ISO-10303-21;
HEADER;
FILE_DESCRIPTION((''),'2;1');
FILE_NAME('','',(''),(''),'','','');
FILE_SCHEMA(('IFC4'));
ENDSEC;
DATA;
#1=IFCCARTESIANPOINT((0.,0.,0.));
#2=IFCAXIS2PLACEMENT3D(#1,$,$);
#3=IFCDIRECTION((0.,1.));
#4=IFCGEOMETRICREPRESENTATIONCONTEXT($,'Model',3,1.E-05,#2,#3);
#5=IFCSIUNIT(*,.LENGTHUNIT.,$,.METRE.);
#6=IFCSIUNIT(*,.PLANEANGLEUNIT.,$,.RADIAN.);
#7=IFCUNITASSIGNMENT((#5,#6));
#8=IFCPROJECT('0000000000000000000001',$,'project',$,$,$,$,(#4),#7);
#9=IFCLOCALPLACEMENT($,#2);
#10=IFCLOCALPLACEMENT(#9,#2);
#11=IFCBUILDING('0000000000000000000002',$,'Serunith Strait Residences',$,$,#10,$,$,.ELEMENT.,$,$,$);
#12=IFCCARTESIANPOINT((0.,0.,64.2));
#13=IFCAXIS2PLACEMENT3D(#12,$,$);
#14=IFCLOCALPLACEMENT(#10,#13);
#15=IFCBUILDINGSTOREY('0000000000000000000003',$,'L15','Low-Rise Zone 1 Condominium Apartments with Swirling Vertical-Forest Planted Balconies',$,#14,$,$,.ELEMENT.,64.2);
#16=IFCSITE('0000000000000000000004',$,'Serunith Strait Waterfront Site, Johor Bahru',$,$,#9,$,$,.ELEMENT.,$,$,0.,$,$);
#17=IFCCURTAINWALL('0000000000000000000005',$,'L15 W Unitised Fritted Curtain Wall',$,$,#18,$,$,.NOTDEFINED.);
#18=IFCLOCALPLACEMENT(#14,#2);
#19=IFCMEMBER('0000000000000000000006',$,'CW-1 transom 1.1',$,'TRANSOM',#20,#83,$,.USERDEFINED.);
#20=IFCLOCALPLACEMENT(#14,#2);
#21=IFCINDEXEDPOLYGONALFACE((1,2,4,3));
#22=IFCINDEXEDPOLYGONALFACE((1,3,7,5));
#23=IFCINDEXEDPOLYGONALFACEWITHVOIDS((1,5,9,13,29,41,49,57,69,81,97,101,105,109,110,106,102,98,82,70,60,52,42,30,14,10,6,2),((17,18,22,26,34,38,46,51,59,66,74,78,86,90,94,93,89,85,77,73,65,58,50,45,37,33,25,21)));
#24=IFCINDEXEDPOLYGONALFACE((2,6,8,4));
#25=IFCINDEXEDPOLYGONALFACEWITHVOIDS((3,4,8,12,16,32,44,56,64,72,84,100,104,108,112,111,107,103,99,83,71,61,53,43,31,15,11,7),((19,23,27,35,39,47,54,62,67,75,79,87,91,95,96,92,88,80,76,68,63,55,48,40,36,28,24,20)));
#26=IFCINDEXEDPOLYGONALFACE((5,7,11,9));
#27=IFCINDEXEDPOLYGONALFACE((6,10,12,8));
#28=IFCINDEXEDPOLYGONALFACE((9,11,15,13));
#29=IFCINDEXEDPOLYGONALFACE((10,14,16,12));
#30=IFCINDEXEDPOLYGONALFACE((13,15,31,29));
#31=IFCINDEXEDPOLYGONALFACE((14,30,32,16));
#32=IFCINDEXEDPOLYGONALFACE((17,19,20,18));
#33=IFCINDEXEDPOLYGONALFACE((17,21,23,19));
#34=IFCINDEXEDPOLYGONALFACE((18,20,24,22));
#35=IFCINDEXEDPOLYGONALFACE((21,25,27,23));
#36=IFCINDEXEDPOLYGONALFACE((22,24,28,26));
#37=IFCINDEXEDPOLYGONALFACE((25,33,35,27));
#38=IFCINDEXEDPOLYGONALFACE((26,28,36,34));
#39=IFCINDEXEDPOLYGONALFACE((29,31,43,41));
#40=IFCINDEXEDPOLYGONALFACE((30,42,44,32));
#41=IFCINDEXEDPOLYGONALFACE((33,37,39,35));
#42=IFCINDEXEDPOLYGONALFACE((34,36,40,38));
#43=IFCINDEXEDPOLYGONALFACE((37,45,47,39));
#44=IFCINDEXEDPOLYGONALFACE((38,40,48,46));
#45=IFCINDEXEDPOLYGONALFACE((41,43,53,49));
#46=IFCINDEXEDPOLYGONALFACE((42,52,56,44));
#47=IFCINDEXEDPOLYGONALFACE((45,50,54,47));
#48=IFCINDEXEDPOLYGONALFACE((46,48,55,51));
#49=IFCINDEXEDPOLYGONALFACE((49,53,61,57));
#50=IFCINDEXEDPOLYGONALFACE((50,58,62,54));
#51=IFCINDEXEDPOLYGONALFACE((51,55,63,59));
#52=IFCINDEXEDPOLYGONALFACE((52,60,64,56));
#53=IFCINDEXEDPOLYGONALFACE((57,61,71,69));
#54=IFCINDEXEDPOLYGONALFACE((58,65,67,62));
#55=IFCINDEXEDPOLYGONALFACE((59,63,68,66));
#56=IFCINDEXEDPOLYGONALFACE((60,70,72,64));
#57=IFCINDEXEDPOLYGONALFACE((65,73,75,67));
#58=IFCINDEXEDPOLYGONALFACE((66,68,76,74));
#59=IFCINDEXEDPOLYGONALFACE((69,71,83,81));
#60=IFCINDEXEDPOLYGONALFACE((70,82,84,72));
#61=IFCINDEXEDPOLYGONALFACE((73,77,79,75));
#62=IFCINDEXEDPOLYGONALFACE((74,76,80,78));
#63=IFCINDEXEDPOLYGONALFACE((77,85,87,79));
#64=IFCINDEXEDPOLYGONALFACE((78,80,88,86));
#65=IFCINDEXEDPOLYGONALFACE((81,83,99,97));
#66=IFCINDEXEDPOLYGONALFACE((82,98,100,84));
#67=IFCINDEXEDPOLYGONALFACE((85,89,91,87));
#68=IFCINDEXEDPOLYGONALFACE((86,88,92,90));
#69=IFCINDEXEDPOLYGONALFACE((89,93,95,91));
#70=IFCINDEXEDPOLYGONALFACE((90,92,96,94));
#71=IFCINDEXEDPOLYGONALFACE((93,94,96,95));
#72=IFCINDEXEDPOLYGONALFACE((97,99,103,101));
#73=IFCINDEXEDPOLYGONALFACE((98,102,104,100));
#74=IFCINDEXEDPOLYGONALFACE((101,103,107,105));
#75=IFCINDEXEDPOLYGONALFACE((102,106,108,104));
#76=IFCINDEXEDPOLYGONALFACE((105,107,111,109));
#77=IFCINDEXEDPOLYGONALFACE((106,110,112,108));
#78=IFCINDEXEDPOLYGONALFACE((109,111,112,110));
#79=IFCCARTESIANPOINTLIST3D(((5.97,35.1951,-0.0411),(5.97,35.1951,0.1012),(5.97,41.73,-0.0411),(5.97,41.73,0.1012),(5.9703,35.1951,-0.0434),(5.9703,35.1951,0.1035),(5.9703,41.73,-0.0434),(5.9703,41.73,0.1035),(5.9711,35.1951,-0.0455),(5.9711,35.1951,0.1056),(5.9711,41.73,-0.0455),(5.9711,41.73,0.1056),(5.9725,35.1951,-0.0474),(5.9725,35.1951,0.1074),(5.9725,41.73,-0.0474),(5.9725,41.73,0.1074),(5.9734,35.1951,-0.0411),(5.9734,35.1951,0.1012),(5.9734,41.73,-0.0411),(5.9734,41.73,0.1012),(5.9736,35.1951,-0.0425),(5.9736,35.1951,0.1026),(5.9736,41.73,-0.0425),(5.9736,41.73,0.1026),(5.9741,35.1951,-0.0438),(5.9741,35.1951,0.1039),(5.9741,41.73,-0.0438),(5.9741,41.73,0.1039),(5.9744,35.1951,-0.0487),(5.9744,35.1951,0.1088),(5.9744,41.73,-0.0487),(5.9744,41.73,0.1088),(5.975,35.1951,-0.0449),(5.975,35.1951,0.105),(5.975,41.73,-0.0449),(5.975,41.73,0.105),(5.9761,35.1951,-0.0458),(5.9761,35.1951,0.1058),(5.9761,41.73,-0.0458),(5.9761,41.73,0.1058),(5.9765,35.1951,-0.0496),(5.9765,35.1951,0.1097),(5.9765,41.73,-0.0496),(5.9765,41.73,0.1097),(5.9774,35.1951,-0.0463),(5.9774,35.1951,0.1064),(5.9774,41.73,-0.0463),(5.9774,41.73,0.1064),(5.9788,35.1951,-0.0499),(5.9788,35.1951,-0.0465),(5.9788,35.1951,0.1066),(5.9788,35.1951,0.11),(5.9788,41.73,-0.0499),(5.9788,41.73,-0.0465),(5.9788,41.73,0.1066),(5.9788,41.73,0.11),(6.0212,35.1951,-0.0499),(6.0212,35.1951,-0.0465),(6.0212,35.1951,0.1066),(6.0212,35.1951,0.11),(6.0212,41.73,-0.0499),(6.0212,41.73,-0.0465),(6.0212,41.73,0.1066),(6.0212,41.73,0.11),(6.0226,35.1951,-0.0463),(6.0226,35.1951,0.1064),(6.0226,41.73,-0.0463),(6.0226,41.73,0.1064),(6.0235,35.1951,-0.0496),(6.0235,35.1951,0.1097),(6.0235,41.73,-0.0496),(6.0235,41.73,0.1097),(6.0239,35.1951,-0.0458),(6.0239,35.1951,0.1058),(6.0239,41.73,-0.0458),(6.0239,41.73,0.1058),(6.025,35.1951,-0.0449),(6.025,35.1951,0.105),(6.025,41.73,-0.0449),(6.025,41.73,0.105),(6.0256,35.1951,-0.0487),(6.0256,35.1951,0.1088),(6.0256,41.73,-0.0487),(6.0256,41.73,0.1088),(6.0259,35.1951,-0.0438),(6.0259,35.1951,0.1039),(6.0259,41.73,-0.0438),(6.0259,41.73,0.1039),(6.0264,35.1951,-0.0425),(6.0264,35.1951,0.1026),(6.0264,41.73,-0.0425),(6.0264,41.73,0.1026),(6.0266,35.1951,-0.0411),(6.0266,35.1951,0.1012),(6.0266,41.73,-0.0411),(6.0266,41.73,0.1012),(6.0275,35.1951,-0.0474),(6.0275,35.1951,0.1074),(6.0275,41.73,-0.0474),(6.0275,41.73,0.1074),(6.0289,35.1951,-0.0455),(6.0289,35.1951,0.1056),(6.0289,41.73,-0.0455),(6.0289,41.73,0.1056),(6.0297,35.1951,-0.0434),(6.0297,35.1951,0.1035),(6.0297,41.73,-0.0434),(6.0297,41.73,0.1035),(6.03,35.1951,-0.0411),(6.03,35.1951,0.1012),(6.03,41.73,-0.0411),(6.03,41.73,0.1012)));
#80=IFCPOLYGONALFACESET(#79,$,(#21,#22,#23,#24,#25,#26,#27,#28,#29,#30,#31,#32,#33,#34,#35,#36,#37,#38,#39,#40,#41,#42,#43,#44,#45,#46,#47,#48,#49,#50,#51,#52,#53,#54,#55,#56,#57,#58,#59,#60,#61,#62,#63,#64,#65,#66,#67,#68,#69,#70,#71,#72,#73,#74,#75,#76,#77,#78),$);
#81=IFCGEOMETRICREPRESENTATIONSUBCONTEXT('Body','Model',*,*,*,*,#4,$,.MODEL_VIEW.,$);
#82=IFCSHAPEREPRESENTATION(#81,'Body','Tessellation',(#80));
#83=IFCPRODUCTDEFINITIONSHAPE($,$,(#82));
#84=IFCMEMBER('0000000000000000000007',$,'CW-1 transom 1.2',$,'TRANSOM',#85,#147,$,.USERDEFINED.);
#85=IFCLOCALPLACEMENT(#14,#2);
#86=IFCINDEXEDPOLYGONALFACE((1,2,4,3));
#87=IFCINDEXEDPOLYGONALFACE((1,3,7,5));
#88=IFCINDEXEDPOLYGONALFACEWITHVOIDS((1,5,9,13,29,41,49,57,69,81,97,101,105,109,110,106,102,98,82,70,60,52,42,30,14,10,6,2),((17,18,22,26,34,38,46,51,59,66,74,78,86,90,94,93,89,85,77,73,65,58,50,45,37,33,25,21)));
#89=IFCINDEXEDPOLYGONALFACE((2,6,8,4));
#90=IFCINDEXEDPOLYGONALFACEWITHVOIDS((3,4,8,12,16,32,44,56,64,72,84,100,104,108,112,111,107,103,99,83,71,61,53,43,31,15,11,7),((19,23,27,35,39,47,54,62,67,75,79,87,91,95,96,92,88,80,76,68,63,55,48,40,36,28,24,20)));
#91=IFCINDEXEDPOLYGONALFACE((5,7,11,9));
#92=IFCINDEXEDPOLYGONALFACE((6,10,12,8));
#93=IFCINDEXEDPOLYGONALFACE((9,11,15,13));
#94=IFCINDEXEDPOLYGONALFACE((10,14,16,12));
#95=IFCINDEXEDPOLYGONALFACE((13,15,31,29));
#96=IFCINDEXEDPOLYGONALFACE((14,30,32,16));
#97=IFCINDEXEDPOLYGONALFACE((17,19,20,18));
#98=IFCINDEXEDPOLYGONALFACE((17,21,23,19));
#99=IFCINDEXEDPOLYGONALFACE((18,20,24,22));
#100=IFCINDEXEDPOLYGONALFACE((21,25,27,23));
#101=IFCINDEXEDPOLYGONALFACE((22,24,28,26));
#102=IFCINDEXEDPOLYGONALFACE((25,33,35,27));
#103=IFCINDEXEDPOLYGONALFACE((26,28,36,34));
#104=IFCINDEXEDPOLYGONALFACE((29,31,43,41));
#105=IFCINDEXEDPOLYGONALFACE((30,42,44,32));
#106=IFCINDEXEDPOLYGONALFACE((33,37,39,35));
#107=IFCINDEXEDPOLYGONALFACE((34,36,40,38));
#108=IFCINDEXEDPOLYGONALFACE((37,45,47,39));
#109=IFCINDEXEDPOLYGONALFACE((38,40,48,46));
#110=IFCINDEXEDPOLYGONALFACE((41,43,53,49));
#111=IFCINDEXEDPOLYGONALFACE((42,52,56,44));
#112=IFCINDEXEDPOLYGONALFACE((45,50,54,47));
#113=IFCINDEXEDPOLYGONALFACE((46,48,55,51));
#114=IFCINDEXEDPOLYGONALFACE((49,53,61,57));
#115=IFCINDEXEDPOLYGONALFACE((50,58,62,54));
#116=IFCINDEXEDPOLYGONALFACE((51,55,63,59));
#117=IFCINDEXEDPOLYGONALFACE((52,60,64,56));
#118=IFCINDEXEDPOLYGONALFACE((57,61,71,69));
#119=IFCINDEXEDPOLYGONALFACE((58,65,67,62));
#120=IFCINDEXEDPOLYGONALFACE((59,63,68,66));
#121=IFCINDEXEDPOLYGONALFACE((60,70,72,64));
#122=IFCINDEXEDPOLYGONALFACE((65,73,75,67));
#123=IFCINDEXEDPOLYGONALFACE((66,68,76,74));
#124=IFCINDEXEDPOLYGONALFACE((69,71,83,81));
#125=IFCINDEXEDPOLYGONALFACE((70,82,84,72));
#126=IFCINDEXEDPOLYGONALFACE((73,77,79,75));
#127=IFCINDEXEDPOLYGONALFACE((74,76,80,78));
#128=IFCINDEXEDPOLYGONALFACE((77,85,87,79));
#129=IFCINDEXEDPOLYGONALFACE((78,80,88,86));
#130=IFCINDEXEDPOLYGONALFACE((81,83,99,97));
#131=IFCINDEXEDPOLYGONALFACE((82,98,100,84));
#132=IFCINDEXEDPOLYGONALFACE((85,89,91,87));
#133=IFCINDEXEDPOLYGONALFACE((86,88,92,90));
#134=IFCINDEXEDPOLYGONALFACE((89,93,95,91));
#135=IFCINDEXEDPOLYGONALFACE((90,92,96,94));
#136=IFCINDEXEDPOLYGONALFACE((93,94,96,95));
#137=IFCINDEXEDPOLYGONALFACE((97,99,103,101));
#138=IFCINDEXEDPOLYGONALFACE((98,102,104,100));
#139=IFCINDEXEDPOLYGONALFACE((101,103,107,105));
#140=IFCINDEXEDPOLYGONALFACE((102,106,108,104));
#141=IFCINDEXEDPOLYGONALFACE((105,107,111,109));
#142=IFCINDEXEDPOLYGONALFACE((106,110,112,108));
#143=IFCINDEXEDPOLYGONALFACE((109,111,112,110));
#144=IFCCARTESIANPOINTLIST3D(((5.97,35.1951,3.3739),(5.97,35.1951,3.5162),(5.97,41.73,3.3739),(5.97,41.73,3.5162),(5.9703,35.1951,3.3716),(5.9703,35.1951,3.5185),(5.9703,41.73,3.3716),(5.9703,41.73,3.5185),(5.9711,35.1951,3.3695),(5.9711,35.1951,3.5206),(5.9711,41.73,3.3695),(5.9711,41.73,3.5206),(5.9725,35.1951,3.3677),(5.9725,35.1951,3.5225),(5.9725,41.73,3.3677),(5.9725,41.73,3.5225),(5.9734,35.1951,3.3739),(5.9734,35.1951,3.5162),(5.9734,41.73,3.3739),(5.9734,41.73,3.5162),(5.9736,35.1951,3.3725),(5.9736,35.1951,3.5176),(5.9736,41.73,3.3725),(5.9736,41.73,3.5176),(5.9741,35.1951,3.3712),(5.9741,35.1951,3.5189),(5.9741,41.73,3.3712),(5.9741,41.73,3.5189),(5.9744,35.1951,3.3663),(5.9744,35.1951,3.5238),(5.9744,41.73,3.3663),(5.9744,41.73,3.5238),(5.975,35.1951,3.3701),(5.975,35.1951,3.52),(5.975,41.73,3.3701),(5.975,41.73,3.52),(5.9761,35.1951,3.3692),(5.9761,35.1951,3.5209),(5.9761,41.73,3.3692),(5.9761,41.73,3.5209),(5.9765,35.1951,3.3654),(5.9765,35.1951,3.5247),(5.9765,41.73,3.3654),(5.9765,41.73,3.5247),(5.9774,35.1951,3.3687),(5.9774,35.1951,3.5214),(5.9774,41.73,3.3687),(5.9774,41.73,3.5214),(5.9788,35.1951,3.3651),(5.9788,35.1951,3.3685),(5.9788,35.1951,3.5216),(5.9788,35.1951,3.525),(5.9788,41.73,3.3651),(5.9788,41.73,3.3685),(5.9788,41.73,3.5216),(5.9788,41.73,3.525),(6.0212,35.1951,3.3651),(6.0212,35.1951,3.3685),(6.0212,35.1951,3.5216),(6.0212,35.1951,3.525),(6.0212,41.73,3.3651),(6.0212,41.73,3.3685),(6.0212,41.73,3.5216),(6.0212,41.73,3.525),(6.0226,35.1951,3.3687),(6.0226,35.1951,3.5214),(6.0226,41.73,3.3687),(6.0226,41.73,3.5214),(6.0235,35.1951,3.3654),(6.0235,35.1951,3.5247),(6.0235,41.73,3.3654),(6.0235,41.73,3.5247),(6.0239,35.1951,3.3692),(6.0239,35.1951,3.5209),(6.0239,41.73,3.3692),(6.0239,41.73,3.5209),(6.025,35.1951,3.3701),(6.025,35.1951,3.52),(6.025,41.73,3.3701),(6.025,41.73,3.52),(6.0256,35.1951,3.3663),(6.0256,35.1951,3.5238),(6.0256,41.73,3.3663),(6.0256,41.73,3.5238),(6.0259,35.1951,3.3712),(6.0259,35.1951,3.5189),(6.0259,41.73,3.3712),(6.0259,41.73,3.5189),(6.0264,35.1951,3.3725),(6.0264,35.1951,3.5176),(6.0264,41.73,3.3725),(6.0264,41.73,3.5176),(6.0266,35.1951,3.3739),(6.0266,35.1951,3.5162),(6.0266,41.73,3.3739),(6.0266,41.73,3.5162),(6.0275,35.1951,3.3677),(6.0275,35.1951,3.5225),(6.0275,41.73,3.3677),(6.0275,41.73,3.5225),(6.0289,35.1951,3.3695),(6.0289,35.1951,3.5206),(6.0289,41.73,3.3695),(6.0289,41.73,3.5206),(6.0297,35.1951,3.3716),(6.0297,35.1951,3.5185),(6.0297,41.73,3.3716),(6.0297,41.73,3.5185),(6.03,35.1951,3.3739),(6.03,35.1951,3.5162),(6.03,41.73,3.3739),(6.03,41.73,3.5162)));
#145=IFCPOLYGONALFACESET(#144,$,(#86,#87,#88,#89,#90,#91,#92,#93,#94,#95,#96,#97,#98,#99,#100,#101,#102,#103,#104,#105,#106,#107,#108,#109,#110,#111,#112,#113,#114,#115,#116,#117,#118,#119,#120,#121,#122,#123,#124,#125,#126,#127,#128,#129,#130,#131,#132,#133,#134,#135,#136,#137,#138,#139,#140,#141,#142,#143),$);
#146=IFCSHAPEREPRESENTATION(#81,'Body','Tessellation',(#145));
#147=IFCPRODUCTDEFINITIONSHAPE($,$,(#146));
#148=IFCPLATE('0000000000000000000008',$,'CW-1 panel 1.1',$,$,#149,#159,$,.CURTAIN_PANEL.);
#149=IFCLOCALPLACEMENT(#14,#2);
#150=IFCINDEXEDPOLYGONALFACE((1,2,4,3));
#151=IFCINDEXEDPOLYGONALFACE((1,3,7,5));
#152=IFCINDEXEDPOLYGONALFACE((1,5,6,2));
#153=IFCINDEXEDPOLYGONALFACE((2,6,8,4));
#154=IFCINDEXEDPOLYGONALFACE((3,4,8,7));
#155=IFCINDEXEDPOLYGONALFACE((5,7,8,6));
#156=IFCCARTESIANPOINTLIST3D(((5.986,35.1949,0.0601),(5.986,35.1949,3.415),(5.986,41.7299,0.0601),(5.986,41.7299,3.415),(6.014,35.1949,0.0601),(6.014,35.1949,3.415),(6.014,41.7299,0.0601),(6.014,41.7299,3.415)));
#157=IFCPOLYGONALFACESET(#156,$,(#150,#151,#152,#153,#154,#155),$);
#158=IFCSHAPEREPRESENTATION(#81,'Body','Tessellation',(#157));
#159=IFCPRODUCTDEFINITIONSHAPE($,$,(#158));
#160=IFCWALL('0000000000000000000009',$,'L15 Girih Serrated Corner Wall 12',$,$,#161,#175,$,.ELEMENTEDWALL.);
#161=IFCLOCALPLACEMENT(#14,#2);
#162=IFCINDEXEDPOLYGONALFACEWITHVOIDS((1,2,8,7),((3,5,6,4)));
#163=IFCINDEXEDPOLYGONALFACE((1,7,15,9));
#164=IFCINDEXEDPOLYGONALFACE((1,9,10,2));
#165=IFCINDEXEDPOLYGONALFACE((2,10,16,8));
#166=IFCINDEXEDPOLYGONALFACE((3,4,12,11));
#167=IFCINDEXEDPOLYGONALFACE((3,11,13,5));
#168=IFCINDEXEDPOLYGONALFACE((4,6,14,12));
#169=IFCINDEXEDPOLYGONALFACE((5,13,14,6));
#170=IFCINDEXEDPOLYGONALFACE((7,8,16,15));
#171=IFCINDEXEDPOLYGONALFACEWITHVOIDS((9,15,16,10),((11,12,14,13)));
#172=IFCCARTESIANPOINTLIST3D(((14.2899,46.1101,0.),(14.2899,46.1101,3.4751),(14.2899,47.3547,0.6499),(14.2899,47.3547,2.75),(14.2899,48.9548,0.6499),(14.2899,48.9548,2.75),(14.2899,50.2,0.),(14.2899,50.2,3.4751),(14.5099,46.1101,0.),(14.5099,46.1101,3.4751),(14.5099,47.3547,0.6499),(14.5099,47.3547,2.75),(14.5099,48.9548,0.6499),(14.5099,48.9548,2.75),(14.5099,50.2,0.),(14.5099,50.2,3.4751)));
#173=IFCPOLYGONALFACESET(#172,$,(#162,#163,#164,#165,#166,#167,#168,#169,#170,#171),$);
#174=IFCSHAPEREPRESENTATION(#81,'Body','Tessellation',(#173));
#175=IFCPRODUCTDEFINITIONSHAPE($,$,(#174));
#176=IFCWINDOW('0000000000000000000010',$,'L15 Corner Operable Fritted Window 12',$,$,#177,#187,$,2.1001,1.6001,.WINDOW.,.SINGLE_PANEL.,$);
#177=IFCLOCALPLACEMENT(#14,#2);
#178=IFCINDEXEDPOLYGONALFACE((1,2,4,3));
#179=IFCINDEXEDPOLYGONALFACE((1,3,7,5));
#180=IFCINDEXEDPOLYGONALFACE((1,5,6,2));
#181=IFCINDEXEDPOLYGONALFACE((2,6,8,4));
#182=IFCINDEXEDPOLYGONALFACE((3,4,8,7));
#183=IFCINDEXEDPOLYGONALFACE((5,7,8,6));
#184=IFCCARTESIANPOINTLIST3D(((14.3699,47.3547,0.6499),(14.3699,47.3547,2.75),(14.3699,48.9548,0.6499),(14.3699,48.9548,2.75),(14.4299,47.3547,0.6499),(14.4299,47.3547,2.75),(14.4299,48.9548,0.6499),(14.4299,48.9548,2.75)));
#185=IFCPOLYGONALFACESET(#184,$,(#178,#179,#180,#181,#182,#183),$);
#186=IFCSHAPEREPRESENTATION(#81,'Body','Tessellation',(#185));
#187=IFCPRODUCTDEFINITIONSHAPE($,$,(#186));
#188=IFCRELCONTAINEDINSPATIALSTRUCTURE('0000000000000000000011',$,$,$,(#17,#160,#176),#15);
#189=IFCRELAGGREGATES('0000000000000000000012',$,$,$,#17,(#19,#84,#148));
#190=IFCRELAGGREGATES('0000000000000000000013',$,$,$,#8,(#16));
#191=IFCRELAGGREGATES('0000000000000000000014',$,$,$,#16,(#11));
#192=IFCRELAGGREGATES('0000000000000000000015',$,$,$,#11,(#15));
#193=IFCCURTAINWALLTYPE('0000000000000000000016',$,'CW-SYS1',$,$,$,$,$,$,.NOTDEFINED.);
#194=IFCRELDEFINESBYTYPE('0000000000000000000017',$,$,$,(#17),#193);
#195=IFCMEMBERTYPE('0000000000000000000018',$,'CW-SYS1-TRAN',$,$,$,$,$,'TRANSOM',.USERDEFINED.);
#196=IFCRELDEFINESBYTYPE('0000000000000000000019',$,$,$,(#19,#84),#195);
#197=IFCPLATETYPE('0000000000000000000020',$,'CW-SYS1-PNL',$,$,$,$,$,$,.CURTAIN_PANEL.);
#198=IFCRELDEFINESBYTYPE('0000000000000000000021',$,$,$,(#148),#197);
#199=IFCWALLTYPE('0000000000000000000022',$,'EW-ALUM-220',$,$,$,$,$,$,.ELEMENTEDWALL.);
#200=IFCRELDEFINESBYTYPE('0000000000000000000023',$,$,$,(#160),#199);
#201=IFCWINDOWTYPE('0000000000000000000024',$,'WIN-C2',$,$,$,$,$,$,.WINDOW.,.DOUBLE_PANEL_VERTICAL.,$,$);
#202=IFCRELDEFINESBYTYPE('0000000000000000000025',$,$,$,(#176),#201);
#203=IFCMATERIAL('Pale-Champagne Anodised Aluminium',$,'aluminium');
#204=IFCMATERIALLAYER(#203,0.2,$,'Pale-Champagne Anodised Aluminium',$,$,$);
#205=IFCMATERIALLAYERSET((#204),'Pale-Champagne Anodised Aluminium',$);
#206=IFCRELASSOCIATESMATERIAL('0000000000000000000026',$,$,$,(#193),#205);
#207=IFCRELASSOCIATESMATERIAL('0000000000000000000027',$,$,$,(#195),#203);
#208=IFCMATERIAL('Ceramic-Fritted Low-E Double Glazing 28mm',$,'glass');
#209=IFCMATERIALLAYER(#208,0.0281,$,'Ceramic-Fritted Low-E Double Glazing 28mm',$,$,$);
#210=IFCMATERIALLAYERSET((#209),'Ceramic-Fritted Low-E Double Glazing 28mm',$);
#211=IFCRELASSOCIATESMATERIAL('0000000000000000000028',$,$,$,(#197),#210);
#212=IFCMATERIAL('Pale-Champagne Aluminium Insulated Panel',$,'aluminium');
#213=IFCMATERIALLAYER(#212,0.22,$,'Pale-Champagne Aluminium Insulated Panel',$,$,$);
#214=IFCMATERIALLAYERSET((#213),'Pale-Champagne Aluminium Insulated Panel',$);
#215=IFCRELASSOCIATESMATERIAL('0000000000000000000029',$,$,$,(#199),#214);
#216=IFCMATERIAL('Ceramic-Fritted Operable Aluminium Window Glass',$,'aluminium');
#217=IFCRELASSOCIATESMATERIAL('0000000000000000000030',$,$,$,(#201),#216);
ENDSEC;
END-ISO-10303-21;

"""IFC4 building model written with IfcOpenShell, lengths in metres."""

from ifc_helpers import new_model, si_unit, direction, frame, frame_2d, origin, origin_2d, place, context, subcontext, project, spatial, rectangle, hollow_rectangle, extrude, source, transform, mapped, material, layer, layer_set, material_profile, profile_set, type_object, element, fill, aggregate, save


model = new_model("IFC4")

# Units and contexts
model_context = context("Model", 3, precision=1e-05, world=origin(), true_north=direction((0.0, 1.0)))
body_context = subcontext(model_context, "Body", "Model", "MODEL_VIEW")
ifc_project = project(units=[si_unit("LENGTHUNIT", "METRE"), si_unit("PLANEANGLEUNIT", "RADIAN")], contexts=[model_context])

# Site, building, storey
site_placement = place(None, origin())
site = spatial("IfcSite", under=ifc_project, at=site_placement, Name="Serunith Strait Waterfront Site, Johor Bahru", CompositionType="ELEMENT", RefElevation=0.0)
building_placement = place(site_placement, origin())
building = spatial("IfcBuilding", under=site, at=building_placement, Name="Serunith Strait Residences", CompositionType="ELEMENT")
storey_placement = place(building_placement, frame((0.0, 0.0, 64.2)))
storey = spatial("IfcBuildingStorey", under=building, at=storey_placement, Name="L15", Description="Low-Rise Zone 1 Condominium Apartments with Swirling Vertical-Forest Planted Balconies", CompositionType="ELEMENT", Elevation=64.2)

# Shared definitions
ifc_material_1 = material(Name="Pale-Champagne Anodised Aluminium", Category="aluminium")
ifc_layer_1 = layer(ifc_material_1, 0.2, Name="Pale-Champagne Anodised Aluminium")
ifc_layer_set_1 = layer_set([ifc_layer_1], Name="Pale-Champagne Anodised Aluminium")
curtain_wall_type = type_object("IfcCurtainWallType", Name="CW-SYS1", PredefinedType="NOTDEFINED", material=ifc_layer_set_1)

# Curtain wall, members, plate
curtain_wall_1_placement = place(storey_placement, origin())
curtain_wall_1 = element("IfcCurtainWall", 1, at=curtain_wall_1_placement, inside=storey, type_object=curtain_wall_type, Name="L15 W Unitised Fritted Curtain Wall", PredefinedType="NOTDEFINED")
ifc_material_profile_1 = material_profile(ifc_material_1, hollow_rectangle(XDim=0.0601, YDim=0.1599, WallThickness=0.0034, InnerFilletRadius=0.0054, OuterFilletRadius=0.0088, at=origin_2d()), Name="ALU 160x60x3.5")
ifc_profile_set_1 = profile_set([ifc_material_profile_1], Name="Pale-Champagne Anodised Aluminium")
member_type_1 = type_object("IfcMemberType", Name="CW-SYS1-TRAN", ElementType="TRANSOM", PredefinedType="USERDEFINED", material=ifc_profile_set_1)
shared_shape_1 = source(origin(), body_context, "Body", "SweptSolid", [
    extrude(hollow_rectangle(XDim=0.0601, YDim=0.1599, WallThickness=0.0034, InnerFilletRadius=0.0054, OuterFilletRadius=0.0088, at=origin_2d()), origin(), (0.0, 0.0, 1.0), 6.5349),
])
member_1_placement = place(storey_placement, frame((6.0, 41.73, 0.03), z_axis=(0.0, -1.0, 0.0), x_axis=(1.0, 0.0, 0.0)))
member_1 = element("IfcMember", 2, at=member_1_placement, type_object=member_type_1, Name="CW-1 transom 1.1", ObjectType="TRANSOM", PredefinedType="USERDEFINED", context=body_context, shape_type="MappedRepresentation", body=[
    mapped(shared_shape_1, transform((0.0, 0.0, 0.0), scale=1.0)),
])
member_2_placement = place(storey_placement, frame((6.0, 41.73, 3.4451), z_axis=(0.0, -1.0, 0.0), x_axis=(1.0, 0.0, 0.0)))
member_2 = element("IfcMember", 3, at=member_2_placement, type_object=member_type_1, Name="CW-1 transom 1.2", ObjectType="TRANSOM", PredefinedType="USERDEFINED", context=body_context, shape_type="MappedRepresentation", body=[
    mapped(shared_shape_1, transform((0.0, 0.0, 0.0), scale=1.0)),
])
ifc_material_2 = material(Name="Ceramic-Fritted Low-E Double Glazing 28mm", Category="glass")
ifc_layer_2 = layer(ifc_material_2, 0.0281, Name="Ceramic-Fritted Low-E Double Glazing 28mm")
ifc_layer_set_2 = layer_set([ifc_layer_2], Name="Ceramic-Fritted Low-E Double Glazing 28mm")
plate_type = type_object("IfcPlateType", Name="CW-SYS1-PNL", PredefinedType="CURTAIN_PANEL", material=ifc_layer_set_2)
shared_shape_2 = source(origin(), body_context, "Body", "SweptSolid", [
    extrude(rectangle(XDim=6.5349, YDim=0.0281, at=origin_2d()), origin(), (0.0, 0.0, 1.0), 3.355),
])
plate_placement = place(storey_placement, frame((6.0, 38.4624, 0.0601), z_axis=(0.0, 0.0, 1.0), x_axis=(0.0, -1.0, 0.0)))
plate = element("IfcPlate", 4, at=plate_placement, type_object=plate_type, Name="CW-1 panel 1.1", PredefinedType="CURTAIN_PANEL", context=body_context, shape_type="MappedRepresentation", body=[
    mapped(shared_shape_2, transform((0.0, 0.0, 0.0), scale=1.0)),
])
aggregate(curtain_wall_1, [member_1, member_2, plate])

# Wall, opening, window
ifc_material_3 = material(Name="Pale-Champagne Aluminium Insulated Panel", Category="aluminium")
ifc_layer_3 = layer(ifc_material_3, 0.22, Name="Pale-Champagne Aluminium Insulated Panel")
ifc_layer_set_3 = layer_set([ifc_layer_3], Name="Pale-Champagne Aluminium Insulated Panel")
wall_type_1 = type_object("IfcWallType", Name="EW-ALUM-220", PredefinedType="ELEMENTEDWALL", material=ifc_layer_set_3)
wall_1_placement = place(storey_placement, frame((14.3999, 50.2, 0.0), z_axis=(0.0, 0.0, 1.0), x_axis=(0.0, -1.0, 0.0)))
wall_1 = element("IfcWall", 5, at=wall_1_placement, inside=storey, type_object=wall_type_1, Name="L15 Girih Serrated Corner Wall 12", PredefinedType="ELEMENTEDWALL", context=body_context, shape_type="SweptSolid", body=[
    extrude(rectangle(XDim=4.0898, YDim=0.22, at=frame_2d((2.0449, 0.0))), origin(), (0.0, 0.0, 1.0), 3.4751),
])
opening_1_placement = place(wall_1_placement, frame((1.2451, 0.0, 0.6499)))
opening_1 = element("IfcOpeningElement", 6, at=opening_1_placement, cuts=wall_1, PredefinedType="OPENING", context=body_context, shape_type="SweptSolid", body=[
    extrude(rectangle(XDim=1.6001, YDim=2.1001, at=frame_2d((0.8, 1.05))), frame((0.0, 0.1201, 0.0), z_axis=(0.0, -1.0, 0.0), x_axis=(1.0, 0.0, 0.0)), (0.0, 0.0, 1.0), 0.24),
])
ifc_material_4 = material(Name="Ceramic-Fritted Operable Aluminium Window Glass", Category="aluminium")
window_type = type_object("IfcWindowType", Name="WIN-C2", PartitioningType="DOUBLE_PANEL_VERTICAL", PredefinedType="WINDOW", material=ifc_material_4)
shared_shape_3 = source(origin(), body_context, "Body", "SweptSolid", [
    extrude(rectangle(XDim=1.6001, YDim=2.1001, at=frame_2d((0.8, 1.05))), frame((0.0, 0.03, 0.0), z_axis=(0.0, -1.0, 0.0), x_axis=(1.0, 0.0, 0.0)), (0.0, 0.0, 1.0), 0.0601),
])
window_1_placement = place(opening_1_placement, origin())
window_1 = element("IfcWindow", 7, at=window_1_placement, inside=storey, type_object=window_type, Name="L15 Corner Operable Fritted Window 12", OverallHeight=2.1001, OverallWidth=1.6001, PartitioningType="SINGLE_PANEL", PredefinedType="WINDOW", context=body_context, shape_type="MappedRepresentation", body=[
    mapped(shared_shape_3, transform((0.0, 0.0, 0.0), scale=1.0)),
])
fill(opening_1, window_1)

save(model, "model.ifc")
